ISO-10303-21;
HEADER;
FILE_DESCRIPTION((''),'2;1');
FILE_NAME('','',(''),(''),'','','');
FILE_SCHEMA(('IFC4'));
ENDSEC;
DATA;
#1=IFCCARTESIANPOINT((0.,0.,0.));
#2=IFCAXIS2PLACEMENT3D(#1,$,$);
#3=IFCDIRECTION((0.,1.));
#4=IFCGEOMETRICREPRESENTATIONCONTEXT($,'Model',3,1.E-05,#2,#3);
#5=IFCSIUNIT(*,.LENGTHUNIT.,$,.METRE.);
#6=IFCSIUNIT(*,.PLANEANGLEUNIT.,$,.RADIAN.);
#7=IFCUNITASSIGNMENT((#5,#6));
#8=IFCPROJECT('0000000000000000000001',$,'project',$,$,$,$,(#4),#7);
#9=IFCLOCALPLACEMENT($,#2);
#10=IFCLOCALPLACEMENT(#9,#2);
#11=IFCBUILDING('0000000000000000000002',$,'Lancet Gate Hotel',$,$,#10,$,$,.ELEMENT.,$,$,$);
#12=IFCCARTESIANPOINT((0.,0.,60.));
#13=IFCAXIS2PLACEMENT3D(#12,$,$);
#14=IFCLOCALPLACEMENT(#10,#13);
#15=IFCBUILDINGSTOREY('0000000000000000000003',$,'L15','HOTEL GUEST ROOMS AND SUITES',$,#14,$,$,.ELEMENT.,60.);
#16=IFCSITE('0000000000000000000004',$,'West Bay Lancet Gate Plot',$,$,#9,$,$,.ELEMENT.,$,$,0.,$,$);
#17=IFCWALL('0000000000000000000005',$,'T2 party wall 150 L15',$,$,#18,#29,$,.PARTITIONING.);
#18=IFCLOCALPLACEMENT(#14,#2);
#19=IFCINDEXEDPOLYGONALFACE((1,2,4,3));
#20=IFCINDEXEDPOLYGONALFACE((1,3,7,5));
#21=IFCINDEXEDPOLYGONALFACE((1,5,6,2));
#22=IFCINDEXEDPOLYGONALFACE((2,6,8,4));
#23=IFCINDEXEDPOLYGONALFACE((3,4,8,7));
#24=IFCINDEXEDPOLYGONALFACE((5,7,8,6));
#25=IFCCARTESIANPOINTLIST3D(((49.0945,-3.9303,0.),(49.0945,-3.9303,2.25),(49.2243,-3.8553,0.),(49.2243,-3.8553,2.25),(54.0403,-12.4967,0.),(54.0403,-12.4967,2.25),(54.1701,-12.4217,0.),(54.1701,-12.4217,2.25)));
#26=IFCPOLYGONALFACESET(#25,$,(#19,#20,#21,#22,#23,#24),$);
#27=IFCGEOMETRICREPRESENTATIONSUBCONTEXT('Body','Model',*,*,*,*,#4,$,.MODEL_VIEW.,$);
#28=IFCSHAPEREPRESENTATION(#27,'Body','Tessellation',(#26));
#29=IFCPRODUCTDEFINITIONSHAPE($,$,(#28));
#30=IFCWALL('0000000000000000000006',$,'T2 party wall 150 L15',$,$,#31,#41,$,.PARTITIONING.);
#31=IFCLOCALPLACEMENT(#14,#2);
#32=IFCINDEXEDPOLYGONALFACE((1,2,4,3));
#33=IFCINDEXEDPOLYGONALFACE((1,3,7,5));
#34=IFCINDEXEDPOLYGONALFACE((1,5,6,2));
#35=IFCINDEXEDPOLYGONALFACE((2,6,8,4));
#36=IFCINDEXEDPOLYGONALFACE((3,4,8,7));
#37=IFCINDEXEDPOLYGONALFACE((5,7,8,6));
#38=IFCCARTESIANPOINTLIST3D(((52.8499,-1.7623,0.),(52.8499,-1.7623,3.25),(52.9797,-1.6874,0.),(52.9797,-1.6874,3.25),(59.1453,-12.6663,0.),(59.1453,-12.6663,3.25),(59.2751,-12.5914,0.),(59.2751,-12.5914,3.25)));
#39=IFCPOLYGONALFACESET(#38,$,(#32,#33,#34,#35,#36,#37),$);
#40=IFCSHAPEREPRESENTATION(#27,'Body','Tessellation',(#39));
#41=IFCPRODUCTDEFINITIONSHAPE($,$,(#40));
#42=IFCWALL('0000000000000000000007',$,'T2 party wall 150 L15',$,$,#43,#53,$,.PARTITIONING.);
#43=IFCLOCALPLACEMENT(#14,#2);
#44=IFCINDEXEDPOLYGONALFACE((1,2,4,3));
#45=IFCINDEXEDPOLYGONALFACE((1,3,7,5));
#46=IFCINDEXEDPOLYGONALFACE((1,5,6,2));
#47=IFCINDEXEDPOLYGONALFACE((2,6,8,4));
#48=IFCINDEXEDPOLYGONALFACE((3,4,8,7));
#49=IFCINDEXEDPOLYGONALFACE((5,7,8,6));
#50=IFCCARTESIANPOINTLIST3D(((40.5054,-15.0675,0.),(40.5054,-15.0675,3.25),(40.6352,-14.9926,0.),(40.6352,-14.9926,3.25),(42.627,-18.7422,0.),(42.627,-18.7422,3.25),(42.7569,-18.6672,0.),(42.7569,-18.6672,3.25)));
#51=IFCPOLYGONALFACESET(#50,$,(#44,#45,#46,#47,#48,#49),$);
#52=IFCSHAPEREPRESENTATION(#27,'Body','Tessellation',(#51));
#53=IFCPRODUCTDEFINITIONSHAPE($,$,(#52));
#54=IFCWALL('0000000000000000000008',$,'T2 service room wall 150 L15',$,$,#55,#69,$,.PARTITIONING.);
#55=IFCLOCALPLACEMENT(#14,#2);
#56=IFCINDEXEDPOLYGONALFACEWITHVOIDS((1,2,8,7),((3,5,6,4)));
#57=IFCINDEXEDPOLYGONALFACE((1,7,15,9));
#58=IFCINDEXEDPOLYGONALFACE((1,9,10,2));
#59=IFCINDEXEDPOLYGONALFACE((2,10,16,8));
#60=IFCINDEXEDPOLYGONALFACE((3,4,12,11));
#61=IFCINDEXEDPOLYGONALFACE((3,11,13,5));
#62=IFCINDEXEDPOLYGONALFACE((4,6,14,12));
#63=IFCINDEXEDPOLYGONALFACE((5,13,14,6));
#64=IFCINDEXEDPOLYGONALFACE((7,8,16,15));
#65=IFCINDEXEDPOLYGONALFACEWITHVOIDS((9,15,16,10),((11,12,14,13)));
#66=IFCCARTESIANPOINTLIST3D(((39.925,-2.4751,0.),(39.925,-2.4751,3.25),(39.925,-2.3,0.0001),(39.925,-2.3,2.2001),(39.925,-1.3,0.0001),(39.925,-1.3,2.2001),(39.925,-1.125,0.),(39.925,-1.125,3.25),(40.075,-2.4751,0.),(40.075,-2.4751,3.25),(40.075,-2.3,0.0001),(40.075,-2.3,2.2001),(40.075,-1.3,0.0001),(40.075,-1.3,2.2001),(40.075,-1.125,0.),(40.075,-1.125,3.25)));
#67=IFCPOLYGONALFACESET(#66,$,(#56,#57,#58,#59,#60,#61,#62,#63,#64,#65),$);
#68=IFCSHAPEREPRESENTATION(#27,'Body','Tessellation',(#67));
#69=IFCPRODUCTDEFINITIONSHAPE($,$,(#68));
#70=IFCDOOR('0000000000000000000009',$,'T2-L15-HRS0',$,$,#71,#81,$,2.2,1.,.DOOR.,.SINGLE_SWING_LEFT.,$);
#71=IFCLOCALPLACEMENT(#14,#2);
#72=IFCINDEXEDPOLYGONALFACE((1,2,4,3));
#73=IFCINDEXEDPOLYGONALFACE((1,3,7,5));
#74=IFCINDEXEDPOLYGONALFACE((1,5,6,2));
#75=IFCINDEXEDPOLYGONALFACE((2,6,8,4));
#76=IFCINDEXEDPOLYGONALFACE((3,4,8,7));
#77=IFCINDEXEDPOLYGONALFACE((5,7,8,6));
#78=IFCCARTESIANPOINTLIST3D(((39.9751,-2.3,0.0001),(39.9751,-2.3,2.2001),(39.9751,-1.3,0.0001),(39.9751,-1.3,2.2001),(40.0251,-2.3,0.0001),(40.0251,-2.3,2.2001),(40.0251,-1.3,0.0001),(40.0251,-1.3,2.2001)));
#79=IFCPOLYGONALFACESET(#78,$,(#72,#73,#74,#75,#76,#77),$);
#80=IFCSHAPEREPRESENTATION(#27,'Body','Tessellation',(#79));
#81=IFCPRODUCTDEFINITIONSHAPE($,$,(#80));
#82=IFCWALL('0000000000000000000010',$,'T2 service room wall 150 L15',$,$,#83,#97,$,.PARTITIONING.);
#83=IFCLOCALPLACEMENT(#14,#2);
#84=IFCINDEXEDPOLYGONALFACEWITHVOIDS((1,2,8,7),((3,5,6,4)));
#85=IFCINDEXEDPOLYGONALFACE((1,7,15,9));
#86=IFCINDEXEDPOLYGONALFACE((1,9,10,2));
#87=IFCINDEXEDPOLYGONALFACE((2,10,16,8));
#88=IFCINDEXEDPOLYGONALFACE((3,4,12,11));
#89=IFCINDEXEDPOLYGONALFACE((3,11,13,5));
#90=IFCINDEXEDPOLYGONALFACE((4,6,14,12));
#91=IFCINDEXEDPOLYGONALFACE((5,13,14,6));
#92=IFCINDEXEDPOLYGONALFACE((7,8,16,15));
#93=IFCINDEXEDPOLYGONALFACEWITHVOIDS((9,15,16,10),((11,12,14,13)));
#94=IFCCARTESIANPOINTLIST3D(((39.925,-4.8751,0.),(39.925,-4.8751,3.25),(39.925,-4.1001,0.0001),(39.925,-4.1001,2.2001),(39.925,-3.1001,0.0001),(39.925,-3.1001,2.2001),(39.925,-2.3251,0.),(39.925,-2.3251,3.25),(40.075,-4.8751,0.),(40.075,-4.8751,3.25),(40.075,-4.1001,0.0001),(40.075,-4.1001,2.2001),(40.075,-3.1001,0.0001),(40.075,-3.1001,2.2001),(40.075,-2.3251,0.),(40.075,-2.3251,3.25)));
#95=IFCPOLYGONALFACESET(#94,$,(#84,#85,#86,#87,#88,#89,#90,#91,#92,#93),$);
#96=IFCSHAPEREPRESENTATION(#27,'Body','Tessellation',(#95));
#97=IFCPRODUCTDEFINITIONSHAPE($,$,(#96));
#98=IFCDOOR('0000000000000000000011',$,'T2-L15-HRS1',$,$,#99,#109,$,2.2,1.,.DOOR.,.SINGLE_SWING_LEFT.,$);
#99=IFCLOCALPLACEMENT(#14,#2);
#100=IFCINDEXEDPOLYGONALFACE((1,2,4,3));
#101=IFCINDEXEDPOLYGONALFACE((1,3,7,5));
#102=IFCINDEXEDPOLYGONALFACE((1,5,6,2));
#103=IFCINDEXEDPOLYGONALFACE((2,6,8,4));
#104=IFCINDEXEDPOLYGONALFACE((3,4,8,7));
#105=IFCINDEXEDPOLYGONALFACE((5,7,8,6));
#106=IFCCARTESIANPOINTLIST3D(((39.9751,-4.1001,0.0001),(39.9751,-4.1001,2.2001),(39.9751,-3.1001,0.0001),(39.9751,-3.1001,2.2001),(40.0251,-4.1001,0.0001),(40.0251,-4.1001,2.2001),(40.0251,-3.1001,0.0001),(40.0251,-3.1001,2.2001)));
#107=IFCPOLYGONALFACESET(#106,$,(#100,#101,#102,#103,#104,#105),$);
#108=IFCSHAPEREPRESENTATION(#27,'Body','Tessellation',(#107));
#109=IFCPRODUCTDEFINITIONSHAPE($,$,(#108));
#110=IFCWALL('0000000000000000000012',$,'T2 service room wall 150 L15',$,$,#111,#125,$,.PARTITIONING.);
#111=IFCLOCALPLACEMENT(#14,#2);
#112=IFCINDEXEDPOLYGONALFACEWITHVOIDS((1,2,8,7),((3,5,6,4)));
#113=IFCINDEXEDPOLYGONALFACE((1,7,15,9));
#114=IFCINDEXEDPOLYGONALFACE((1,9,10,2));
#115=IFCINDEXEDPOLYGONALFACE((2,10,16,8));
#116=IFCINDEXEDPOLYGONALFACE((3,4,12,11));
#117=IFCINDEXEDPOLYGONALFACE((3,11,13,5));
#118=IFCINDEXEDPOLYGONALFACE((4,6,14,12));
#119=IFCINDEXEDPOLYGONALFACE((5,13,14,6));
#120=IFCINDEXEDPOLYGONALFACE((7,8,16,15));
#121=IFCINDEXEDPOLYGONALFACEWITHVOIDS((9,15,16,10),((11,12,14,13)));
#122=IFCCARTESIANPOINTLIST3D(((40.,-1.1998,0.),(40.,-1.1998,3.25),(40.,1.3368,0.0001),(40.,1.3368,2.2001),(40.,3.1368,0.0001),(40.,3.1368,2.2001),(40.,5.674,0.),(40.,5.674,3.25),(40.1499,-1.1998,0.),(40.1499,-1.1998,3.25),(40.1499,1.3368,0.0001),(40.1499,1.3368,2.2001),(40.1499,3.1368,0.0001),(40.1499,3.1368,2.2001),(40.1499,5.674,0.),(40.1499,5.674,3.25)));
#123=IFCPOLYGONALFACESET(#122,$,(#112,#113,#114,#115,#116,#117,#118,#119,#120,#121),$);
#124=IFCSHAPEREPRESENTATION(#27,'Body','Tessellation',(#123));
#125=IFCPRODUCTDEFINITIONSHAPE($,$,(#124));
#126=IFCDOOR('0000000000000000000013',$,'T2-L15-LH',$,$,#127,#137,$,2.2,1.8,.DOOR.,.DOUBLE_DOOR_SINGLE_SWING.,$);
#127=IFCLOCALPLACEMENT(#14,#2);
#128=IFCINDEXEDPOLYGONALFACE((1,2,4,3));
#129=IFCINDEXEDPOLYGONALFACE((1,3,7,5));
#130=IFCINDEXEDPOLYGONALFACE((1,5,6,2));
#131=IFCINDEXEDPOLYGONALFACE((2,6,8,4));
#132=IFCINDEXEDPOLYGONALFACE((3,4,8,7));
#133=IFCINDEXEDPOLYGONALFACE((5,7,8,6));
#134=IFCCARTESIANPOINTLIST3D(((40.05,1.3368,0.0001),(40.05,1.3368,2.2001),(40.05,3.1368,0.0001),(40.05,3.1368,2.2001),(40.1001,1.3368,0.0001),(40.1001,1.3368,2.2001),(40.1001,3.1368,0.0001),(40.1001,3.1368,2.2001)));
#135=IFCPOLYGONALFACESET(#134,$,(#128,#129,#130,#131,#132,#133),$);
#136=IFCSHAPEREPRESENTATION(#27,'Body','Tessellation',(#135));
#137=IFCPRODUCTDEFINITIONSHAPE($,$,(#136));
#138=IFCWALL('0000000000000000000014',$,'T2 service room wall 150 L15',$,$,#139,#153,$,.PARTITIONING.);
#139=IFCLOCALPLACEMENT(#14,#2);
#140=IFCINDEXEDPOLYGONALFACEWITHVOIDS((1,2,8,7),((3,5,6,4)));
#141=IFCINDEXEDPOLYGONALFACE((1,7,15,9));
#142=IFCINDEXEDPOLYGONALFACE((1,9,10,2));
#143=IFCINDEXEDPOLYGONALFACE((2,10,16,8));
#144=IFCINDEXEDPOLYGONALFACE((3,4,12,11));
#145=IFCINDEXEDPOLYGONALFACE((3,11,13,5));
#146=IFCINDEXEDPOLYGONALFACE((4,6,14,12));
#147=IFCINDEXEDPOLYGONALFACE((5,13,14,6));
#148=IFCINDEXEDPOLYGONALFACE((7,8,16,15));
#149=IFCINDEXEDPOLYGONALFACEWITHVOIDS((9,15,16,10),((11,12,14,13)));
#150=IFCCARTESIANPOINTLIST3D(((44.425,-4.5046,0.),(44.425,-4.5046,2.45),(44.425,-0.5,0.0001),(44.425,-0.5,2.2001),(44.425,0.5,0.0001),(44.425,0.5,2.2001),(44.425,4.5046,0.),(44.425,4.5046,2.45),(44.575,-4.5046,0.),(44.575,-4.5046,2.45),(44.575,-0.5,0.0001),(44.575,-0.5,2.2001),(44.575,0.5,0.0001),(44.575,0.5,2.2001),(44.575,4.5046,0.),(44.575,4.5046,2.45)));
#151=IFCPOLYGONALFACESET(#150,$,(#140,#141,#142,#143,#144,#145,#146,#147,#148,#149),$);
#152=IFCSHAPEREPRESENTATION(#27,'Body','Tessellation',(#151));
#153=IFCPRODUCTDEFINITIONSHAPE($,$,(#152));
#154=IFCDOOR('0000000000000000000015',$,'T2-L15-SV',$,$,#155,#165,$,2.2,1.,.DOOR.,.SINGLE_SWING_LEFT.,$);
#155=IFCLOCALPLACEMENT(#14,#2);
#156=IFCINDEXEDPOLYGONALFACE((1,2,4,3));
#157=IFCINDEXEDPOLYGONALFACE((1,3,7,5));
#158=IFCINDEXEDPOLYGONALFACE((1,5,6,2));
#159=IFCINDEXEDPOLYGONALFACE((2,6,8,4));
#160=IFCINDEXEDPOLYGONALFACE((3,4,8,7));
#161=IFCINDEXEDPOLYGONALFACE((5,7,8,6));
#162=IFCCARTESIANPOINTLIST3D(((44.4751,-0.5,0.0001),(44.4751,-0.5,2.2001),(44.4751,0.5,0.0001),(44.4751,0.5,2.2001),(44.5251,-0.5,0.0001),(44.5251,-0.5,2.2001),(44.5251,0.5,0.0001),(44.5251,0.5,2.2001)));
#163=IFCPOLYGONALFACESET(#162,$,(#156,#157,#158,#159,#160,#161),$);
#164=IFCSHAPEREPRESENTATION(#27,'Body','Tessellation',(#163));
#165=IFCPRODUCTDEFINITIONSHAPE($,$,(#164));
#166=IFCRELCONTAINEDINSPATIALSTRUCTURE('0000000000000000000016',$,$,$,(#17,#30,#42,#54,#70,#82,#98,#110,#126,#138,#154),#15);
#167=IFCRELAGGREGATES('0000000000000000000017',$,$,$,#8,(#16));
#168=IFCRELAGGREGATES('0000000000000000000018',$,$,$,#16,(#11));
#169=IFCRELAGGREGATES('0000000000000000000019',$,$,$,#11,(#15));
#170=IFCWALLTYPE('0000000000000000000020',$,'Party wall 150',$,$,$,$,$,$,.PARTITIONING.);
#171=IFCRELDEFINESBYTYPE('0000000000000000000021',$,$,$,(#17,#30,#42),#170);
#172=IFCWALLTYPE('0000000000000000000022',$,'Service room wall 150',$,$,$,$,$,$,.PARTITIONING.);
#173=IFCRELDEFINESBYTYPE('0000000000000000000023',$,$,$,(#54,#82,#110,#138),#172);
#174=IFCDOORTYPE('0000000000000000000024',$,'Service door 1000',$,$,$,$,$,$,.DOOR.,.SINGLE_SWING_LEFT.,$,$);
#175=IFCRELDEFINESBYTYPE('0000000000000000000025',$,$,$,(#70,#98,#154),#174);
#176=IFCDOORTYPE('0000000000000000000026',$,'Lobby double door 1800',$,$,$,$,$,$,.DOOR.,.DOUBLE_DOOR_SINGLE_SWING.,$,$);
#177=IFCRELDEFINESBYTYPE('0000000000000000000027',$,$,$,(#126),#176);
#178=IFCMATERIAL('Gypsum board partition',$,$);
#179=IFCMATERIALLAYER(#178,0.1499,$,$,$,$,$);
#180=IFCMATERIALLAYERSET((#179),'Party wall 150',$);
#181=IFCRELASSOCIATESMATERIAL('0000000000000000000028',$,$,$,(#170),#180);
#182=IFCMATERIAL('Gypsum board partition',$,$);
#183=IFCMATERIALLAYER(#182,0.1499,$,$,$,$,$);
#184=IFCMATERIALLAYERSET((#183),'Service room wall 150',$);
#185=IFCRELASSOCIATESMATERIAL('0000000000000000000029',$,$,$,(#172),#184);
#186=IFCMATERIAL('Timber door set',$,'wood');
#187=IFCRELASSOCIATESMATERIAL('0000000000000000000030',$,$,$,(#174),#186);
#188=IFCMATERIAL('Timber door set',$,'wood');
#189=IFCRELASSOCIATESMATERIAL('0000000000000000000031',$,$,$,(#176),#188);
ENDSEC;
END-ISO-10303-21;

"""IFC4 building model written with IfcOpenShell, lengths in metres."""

from ifc_helpers import new_model, si_unit, direction, frame, frame_2d, origin, place, context, subcontext, project, spatial, rectangle, extrude, material, layer, layer_set, type_object, element, fill, save


model = new_model("IFC4")

# Units and contexts
model_context = context("Model", 3, precision=1e-05, world=origin(), true_north=direction((0.0, 1.0)))
body_context = subcontext(model_context, "Body", "Model", "MODEL_VIEW")
ifc_project = project(units=[si_unit("LENGTHUNIT", "METRE"), si_unit("PLANEANGLEUNIT", "RADIAN")], contexts=[model_context])

# Site, building, storey
site_placement = place(None, origin())
site = spatial("IfcSite", under=ifc_project, at=site_placement, Name="West Bay Lancet Gate Plot", CompositionType="ELEMENT", RefElevation=0.0)
building_placement = place(site_placement, origin())
building = spatial("IfcBuilding", under=site, at=building_placement, Name="Lancet Gate Hotel", CompositionType="ELEMENT")
storey_placement = place(building_placement, frame((0.0, 0.0, 60.0)))
storey = spatial("IfcBuildingStorey", under=building, at=storey_placement, Name="L15", Description="HOTEL GUEST ROOMS AND SUITES", CompositionType="ELEMENT", Elevation=60.0)

# Walls
ifc_material_1 = material(Name="Gypsum board partition")
ifc_layer_1 = layer(ifc_material_1, 0.1499)
ifc_layer_set_1 = layer_set([ifc_layer_1], Name="Party wall 150")
wall_type_1 = type_object("IfcWallType", Name="Party wall 150", PredefinedType="PARTITIONING", material=ifc_layer_set_1)
wall_1_placement = place(storey_placement, frame((49.1594, -3.8928, 0.0), z_axis=(0.0, 0.0, 1.0), x_axis=(0.499999, -0.866026, 0.0)))
element("IfcWall", 1, at=wall_1_placement, inside=storey, type_object=wall_type_1, Name="T2 party wall 150 L15", PredefinedType="PARTITIONING", context=body_context, shape_type="SweptSolid", body=[
    extrude(rectangle(XDim=9.8916, YDim=0.1499, at=frame_2d((4.9458, 0.0))), origin(), (0.0, 0.0, 1.0), 2.25),
])
wall_2_placement = place(storey_placement, frame((52.9148, -1.7249, 0.0), z_axis=(0.0, 0.0, 1.0), x_axis=(0.499997, -0.866027, 0.0)))
element("IfcWall", 2, at=wall_2_placement, inside=storey, type_object=wall_type_1, Name="T2 party wall 150 L15", PredefinedType="PARTITIONING", context=body_context, shape_type="SweptSolid", body=[
    extrude(rectangle(XDim=12.5908, YDim=0.1499, at=frame_2d((6.2954, 0.0))), origin(), (0.0, 0.0, 1.0), 3.25),
])
wall_3_placement = place(storey_placement, frame((40.5703, -15.03, 0.0), z_axis=(0.0, 0.0, 1.0), x_axis=(0.500013, -0.866018, 0.0)))
element("IfcWall", 3, at=wall_3_placement, inside=storey, type_object=wall_type_1, Name="T2 party wall 150 L15", PredefinedType="PARTITIONING", context=body_context, shape_type="SweptSolid", body=[
    extrude(rectangle(XDim=4.2432, YDim=0.1499, at=frame_2d((2.1216, 0.0))), origin(), (0.0, 0.0, 1.0), 3.25),
])

# Walls, openings, doors
ifc_material_2 = material(Name="Gypsum board partition")
ifc_layer_2 = layer(ifc_material_2, 0.1499)
ifc_layer_set_2 = layer_set([ifc_layer_2], Name="Service room wall 150")
wall_type_2 = type_object("IfcWallType", Name="Service room wall 150", PredefinedType="PARTITIONING", material=ifc_layer_set_2)
wall_4_placement = place(storey_placement, frame((40.0, -2.4751, 0.0), z_axis=(0.0, 0.0, 1.0), x_axis=(0.0, 1.0, 0.0)))
wall_4 = element("IfcWall", 4, at=wall_4_placement, inside=storey, type_object=wall_type_2, Name="T2 service room wall 150 L15", PredefinedType="PARTITIONING", context=body_context, shape_type="SweptSolid", body=[
    extrude(rectangle(XDim=1.3501, YDim=0.1499, at=frame_2d((0.675, 0.0))), origin(), (0.0, 0.0, 1.0), 3.25),
])
opening_1_placement = place(wall_4_placement, frame((0.175, 0.0, 0.0)))
opening_1 = element("IfcOpeningElement", 5, at=opening_1_placement, cuts=wall_4, PredefinedType="OPENING", context=body_context, shape_type="SweptSolid", body=[
    extrude(rectangle(XDim=1.0, YDim=2.2, at=frame_2d((0.5, 1.1001))), frame((0.0, 0.085, 0.0), z_axis=(0.0, -1.0, 0.0), x_axis=(1.0, 0.0, 0.0)), (0.0, 0.0, 1.0), 0.1699),
])
ifc_material_3 = material(Name="Timber door set", Category="wood")
door_type_1 = type_object("IfcDoorType", Name="Service door 1000", OperationType="SINGLE_SWING_LEFT", PredefinedType="DOOR", material=ifc_material_3)
door_1_placement = place(opening_1_placement, origin())
door_1 = element("IfcDoor", 6, at=door_1_placement, inside=storey, type_object=door_type_1, Name="T2-L15-HRS0", OperationType="SINGLE_SWING_LEFT", OverallHeight=2.2, OverallWidth=1.0, PredefinedType="DOOR", context=body_context, shape_type="SweptSolid", body=[
    extrude(rectangle(XDim=1.0, YDim=2.2, at=frame_2d((0.5, 1.1001))), frame((0.0, 0.0249, 0.0), z_axis=(0.0, -1.0, 0.0), x_axis=(1.0, 0.0, 0.0)), (0.0, 0.0, 1.0), 0.05),
])
fill(opening_1, door_1)
wall_5_placement = place(storey_placement, frame((40.0, -4.875, 0.0), z_axis=(0.0, 0.0, 1.0), x_axis=(0.0, 1.0, 0.0)))
wall_5 = element("IfcWall", 7, at=wall_5_placement, inside=storey, type_object=wall_type_2, Name="T2 service room wall 150 L15", PredefinedType="PARTITIONING", context=body_context, shape_type="SweptSolid", body=[
    extrude(rectangle(XDim=2.55, YDim=0.1499, at=frame_2d((1.2749, 0.0))), origin(), (0.0, 0.0, 1.0), 3.25),
])
opening_2_placement = place(wall_5_placement, frame((0.7749, 0.0, 0.0)))
opening_2 = element("IfcOpeningElement", 8, at=opening_2_placement, cuts=wall_5, PredefinedType="OPENING", context=body_context, shape_type="SweptSolid", body=[
    extrude(rectangle(XDim=1.0, YDim=2.2, at=frame_2d((0.5, 1.1001))), frame((0.0, 0.085, 0.0), z_axis=(0.0, -1.0, 0.0), x_axis=(1.0, 0.0, 0.0)), (0.0, 0.0, 1.0), 0.1699),
])
door_2_placement = place(opening_2_placement, origin())
door_2 = element("IfcDoor", 9, at=door_2_placement, inside=storey, type_object=door_type_1, Name="T2-L15-HRS1", OperationType="SINGLE_SWING_LEFT", OverallHeight=2.2, OverallWidth=1.0, PredefinedType="DOOR", context=body_context, shape_type="SweptSolid", body=[
    extrude(rectangle(XDim=1.0, YDim=2.2, at=frame_2d((0.5, 1.1001))), frame((0.0, 0.0249, 0.0), z_axis=(0.0, -1.0, 0.0), x_axis=(1.0, 0.0, 0.0)), (0.0, 0.0, 1.0), 0.05),
])
fill(opening_2, door_2)
wall_6_placement = place(storey_placement, frame((40.075, -1.2, 0.0), z_axis=(0.0, 0.0, 1.0), x_axis=(0.0, 1.0, 0.0)))
wall_6 = element("IfcWall", 10, at=wall_6_placement, inside=storey, type_object=wall_type_2, Name="T2 service room wall 150 L15", PredefinedType="PARTITIONING", context=body_context, shape_type="SweptSolid", body=[
    extrude(rectangle(XDim=6.8738, YDim=0.1499, at=frame_2d((3.437, 0.0))), origin(), (0.0, 0.0, 1.0), 3.25),
])
opening_3_placement = place(wall_6_placement, frame((2.5369, 0.0, 0.0)))
opening_3 = element("IfcOpeningElement", 11, at=opening_3_placement, cuts=wall_6, PredefinedType="OPENING", context=body_context, shape_type="SweptSolid", body=[
    extrude(rectangle(XDim=1.8, YDim=2.2, at=frame_2d((0.8999, 1.1001))), frame((0.0, 0.085, 0.0), z_axis=(0.0, -1.0, 0.0), x_axis=(1.0, 0.0, 0.0)), (0.0, 0.0, 1.0), 0.1699),
])
ifc_material_4 = material(Name="Timber door set", Category="wood")
door_type_2 = type_object("IfcDoorType", Name="Lobby double door 1800", OperationType="DOUBLE_DOOR_SINGLE_SWING", PredefinedType="DOOR", material=ifc_material_4)
door_3_placement = place(opening_3_placement, origin())
door_3 = element("IfcDoor", 12, at=door_3_placement, inside=storey, type_object=door_type_2, Name="T2-L15-LH", OperationType="DOUBLE_DOOR_SINGLE_SWING", OverallHeight=2.2, OverallWidth=1.8, PredefinedType="DOOR", context=body_context, shape_type="SweptSolid", body=[
    extrude(rectangle(XDim=1.8, YDim=2.2, at=frame_2d((0.8999, 1.1001))), frame((0.0, 0.0249, 0.0), z_axis=(0.0, -1.0, 0.0), x_axis=(1.0, 0.0, 0.0)), (0.0, 0.0, 1.0), 0.05),
])
fill(opening_3, door_3)
wall_7_placement = place(storey_placement, frame((44.5, -4.5046, 0.0), z_axis=(0.0, 0.0, 1.0), x_axis=(0.0, 1.0, 0.0)))
wall_7 = element("IfcWall", 13, at=wall_7_placement, inside=storey, type_object=wall_type_2, Name="T2 service room wall 150 L15", PredefinedType="PARTITIONING", context=body_context, shape_type="SweptSolid", body=[
    extrude(rectangle(XDim=9.0093, YDim=0.1499, at=frame_2d((4.5046, 0.0))), origin(), (0.0, 0.0, 1.0), 2.45),
])
opening_4_placement = place(wall_7_placement, frame((4.0046, 0.0, 0.0)))
opening_4 = element("IfcOpeningElement", 14, at=opening_4_placement, cuts=wall_7, PredefinedType="OPENING", context=body_context, shape_type="SweptSolid", body=[
    extrude(rectangle(XDim=1.0, YDim=2.2, at=frame_2d((0.5, 1.1001))), frame((0.0, 0.085, 0.0), z_axis=(0.0, -1.0, 0.0), x_axis=(1.0, 0.0, 0.0)), (0.0, 0.0, 1.0), 0.1699),
])
door_4_placement = place(opening_4_placement, origin())
door_4 = element("IfcDoor", 15, at=door_4_placement, inside=storey, type_object=door_type_1, Name="T2-L15-SV", OperationType="SINGLE_SWING_LEFT", OverallHeight=2.2, OverallWidth=1.0, PredefinedType="DOOR", context=body_context, shape_type="SweptSolid", body=[
    extrude(rectangle(XDim=1.0, YDim=2.2, at=frame_2d((0.5, 1.1001))), frame((0.0, 0.0249, 0.0), z_axis=(0.0, -1.0, 0.0), x_axis=(1.0, 0.0, 0.0)), (0.0, 0.0, 1.0), 0.05),
])
fill(opening_4, door_4)

save(model, "model.ifc")
